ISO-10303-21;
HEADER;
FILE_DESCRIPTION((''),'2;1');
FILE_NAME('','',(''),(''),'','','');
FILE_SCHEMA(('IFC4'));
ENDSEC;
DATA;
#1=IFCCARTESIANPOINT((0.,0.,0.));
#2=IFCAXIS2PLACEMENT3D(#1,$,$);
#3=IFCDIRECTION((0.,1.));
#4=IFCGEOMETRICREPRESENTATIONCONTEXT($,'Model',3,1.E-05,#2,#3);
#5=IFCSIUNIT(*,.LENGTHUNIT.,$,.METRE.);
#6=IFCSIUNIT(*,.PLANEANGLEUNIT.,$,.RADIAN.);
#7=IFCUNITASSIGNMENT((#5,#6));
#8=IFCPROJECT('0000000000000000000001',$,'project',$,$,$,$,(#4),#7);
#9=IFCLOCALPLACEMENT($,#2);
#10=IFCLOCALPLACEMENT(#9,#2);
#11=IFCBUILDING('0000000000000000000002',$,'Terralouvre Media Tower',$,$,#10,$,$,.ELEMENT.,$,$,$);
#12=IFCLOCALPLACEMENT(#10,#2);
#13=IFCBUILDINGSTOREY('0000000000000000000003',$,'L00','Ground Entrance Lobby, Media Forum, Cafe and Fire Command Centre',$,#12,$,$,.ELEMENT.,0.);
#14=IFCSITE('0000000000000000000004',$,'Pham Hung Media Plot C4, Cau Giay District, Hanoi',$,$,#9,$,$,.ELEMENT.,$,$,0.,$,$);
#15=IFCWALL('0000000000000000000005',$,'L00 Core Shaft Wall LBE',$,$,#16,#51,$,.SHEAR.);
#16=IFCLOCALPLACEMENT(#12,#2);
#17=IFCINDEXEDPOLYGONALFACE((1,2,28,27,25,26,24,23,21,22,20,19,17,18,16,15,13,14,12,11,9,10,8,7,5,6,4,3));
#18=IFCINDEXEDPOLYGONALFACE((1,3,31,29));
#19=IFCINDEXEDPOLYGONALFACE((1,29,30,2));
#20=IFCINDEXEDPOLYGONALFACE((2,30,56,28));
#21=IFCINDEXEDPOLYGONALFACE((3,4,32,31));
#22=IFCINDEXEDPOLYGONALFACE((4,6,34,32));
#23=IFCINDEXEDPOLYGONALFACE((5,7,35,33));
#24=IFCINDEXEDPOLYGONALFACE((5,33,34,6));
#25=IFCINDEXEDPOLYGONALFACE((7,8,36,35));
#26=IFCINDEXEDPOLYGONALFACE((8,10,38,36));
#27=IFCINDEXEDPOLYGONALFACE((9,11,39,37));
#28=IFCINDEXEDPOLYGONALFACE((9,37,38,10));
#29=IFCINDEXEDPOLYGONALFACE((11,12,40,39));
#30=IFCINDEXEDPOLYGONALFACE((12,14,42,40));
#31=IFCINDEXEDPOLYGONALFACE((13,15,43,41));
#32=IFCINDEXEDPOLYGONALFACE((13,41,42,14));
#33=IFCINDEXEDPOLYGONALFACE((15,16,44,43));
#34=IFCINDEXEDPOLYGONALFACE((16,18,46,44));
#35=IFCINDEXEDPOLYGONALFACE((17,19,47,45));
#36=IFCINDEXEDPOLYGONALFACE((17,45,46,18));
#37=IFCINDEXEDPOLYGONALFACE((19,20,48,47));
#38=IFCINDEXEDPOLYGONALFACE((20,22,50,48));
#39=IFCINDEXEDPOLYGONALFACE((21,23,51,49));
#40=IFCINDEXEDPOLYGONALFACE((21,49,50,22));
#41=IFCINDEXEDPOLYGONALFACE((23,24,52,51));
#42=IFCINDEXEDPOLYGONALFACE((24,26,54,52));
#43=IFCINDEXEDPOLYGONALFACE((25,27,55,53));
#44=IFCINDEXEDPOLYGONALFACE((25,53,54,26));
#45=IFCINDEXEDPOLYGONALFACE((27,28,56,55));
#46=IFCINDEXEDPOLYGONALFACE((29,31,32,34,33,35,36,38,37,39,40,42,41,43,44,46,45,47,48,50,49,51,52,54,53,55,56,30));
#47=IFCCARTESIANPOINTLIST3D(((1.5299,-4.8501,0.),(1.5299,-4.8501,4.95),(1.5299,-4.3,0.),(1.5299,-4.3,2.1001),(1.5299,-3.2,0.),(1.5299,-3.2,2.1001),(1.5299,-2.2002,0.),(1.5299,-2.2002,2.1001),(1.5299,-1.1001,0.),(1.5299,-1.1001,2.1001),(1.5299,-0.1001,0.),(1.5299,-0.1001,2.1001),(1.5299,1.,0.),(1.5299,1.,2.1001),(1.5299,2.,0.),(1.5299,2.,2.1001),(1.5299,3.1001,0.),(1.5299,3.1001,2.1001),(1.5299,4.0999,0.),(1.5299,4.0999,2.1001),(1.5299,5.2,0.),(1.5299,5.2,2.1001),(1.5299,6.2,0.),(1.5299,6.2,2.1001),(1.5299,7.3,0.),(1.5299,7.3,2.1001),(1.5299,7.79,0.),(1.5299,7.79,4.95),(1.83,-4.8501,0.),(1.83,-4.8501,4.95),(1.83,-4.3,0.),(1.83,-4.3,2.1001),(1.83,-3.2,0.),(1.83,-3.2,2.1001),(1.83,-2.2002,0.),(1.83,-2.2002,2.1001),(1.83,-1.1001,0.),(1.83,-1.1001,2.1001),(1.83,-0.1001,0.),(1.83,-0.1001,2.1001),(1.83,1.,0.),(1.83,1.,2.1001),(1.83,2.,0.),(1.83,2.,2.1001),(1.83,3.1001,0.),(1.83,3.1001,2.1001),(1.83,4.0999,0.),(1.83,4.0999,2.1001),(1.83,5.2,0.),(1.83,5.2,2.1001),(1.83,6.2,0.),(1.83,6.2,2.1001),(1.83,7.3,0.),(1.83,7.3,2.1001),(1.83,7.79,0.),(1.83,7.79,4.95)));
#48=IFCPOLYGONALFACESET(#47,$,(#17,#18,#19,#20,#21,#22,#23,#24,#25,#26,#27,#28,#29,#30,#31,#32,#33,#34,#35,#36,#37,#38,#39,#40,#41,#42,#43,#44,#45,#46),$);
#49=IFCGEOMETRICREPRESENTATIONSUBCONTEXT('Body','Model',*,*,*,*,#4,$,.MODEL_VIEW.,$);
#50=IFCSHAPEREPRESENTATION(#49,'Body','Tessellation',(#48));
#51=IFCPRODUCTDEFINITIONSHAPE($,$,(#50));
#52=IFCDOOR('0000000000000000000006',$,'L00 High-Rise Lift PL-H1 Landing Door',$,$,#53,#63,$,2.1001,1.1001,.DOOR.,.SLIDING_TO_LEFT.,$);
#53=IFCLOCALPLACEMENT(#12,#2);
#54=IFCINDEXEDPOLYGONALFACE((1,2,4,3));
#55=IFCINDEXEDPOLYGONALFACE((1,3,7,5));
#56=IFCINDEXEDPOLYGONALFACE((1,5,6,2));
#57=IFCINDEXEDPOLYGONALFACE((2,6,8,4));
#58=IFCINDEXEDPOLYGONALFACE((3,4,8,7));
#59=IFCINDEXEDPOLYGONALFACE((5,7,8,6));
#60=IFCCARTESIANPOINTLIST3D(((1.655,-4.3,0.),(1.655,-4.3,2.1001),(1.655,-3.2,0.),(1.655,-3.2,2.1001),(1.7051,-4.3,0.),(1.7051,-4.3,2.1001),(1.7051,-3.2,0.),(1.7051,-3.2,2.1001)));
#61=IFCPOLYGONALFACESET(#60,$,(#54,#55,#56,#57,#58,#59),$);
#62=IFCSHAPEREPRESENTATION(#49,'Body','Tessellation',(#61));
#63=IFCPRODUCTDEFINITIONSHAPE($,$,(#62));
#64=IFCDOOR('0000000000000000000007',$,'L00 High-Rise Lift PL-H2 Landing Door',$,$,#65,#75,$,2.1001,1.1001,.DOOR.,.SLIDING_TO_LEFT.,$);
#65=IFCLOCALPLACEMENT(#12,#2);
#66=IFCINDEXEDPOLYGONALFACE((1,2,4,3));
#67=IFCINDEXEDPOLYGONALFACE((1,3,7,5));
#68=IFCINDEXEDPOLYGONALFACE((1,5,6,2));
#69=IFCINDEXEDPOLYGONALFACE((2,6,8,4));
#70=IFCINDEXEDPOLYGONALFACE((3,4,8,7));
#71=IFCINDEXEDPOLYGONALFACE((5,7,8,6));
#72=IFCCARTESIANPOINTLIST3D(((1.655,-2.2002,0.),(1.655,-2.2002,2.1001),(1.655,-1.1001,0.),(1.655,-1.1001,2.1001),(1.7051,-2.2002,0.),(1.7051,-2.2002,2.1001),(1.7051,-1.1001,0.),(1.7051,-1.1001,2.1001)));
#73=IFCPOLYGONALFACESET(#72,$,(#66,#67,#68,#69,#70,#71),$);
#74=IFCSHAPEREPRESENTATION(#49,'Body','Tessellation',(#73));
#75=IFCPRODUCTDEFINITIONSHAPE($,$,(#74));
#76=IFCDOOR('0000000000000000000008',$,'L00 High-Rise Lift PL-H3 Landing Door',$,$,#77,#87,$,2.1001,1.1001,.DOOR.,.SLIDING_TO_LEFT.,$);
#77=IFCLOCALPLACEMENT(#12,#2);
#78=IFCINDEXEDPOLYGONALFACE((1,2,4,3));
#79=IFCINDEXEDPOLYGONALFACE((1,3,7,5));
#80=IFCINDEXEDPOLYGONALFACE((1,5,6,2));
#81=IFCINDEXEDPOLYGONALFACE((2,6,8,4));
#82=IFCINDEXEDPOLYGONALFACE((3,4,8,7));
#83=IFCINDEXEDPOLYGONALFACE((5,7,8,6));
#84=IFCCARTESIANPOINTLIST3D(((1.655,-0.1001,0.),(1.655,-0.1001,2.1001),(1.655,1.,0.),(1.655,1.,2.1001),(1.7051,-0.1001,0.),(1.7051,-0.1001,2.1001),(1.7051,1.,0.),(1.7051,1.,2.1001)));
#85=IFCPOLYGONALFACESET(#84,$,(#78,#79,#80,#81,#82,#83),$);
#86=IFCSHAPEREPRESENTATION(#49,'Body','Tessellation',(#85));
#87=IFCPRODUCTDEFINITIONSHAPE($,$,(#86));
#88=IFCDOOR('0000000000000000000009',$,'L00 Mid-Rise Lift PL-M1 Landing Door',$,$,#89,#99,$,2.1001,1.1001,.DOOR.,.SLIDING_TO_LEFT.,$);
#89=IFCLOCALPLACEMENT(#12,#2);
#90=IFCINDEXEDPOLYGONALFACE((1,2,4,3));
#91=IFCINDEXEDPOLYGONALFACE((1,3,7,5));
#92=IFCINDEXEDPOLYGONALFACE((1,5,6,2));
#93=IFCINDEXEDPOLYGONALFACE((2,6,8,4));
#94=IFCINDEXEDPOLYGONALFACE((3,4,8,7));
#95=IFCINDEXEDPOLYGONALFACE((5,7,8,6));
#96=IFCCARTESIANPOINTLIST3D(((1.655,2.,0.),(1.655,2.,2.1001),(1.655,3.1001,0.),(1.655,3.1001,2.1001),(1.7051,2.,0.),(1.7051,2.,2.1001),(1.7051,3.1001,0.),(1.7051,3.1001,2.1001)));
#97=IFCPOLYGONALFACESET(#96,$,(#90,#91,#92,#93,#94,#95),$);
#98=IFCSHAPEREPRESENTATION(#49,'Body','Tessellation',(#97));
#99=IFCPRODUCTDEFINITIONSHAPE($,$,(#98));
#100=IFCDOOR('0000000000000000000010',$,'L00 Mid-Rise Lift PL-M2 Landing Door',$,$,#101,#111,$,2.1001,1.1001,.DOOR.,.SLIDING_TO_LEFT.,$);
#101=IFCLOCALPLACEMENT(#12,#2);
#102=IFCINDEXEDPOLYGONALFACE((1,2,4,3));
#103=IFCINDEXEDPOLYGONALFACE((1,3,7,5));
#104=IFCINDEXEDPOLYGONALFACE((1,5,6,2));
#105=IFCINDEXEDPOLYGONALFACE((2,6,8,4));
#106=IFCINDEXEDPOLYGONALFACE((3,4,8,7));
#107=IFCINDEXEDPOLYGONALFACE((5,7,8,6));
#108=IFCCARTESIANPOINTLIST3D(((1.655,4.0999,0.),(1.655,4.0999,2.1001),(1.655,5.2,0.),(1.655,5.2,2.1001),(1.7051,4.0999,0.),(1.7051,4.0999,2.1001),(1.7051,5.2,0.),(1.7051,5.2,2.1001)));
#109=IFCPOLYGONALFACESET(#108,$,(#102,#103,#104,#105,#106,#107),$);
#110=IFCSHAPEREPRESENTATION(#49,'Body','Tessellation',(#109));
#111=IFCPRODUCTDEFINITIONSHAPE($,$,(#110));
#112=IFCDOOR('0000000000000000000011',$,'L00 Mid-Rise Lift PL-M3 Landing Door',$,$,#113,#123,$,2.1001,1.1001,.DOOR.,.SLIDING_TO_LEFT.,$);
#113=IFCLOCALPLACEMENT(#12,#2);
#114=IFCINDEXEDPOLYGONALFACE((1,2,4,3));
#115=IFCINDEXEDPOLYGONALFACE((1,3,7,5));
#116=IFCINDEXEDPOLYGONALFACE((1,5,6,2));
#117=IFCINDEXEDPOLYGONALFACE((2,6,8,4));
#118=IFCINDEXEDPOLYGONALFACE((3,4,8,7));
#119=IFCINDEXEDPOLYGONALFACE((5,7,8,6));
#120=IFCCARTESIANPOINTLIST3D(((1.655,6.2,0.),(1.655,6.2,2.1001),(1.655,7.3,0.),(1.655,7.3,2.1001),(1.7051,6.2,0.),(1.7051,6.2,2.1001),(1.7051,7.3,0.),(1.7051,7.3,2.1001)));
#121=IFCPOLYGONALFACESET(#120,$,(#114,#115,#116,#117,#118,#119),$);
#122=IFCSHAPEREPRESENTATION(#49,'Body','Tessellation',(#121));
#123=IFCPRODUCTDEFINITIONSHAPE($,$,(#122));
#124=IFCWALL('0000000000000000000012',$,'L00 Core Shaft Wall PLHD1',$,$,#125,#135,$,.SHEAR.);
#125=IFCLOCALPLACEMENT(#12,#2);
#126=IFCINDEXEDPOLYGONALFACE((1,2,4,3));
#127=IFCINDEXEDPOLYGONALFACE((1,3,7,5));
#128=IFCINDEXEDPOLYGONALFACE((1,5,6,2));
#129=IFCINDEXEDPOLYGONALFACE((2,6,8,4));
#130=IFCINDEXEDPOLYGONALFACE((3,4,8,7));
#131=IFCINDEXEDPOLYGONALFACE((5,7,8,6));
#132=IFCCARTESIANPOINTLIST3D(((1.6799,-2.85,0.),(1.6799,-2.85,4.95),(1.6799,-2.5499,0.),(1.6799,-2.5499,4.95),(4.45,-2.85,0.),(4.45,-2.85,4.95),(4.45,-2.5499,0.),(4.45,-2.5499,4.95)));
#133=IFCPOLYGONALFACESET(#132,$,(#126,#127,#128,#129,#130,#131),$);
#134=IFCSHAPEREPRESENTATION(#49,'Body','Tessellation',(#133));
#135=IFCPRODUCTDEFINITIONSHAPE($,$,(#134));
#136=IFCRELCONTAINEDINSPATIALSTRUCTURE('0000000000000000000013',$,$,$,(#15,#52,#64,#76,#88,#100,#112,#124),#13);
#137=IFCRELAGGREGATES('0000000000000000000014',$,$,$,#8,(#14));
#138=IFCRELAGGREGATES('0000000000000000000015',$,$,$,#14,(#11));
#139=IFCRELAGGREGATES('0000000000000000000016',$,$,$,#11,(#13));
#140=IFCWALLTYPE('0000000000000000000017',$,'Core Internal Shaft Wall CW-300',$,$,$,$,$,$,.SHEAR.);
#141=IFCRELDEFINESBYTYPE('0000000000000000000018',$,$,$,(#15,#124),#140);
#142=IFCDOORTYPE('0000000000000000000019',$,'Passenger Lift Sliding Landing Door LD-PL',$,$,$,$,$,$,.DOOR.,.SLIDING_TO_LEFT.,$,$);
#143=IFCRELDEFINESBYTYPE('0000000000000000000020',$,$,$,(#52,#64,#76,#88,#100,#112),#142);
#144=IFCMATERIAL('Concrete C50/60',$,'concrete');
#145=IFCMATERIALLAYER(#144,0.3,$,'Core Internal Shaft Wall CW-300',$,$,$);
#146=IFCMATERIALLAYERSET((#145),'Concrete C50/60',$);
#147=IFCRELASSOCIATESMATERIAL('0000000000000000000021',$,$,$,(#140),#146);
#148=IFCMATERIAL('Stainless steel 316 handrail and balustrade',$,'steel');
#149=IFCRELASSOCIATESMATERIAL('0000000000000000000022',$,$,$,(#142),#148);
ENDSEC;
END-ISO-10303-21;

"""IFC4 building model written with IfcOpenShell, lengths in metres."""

from ifc_helpers import new_model, si_unit, direction, frame, frame_2d, origin, place, context, subcontext, project, spatial, rectangle, extrude, material, layer, layer_set, type_object, element, fill, save


model = new_model("IFC4")

# Units and contexts
model_context = context("Model", 3, precision=1e-05, world=origin(), true_north=direction((0.0, 1.0)))
body_context = subcontext(model_context, "Body", "Model", "MODEL_VIEW")
ifc_project = project(units=[si_unit("LENGTHUNIT", "METRE"), si_unit("PLANEANGLEUNIT", "RADIAN")], contexts=[model_context])

# Site, building, storey
site_placement = place(None, origin())
site = spatial("IfcSite", under=ifc_project, at=site_placement, Name="Pham Hung Media Plot C4, Cau Giay District, Hanoi", CompositionType="ELEMENT", RefElevation=0.0)
building_placement = place(site_placement, origin())
building = spatial("IfcBuilding", under=site, at=building_placement, Name="Terralouvre Media Tower", CompositionType="ELEMENT")
storey_placement = place(building_placement, origin())
storey = spatial("IfcBuildingStorey", under=building, at=storey_placement, Name="L00", Description="Ground Entrance Lobby, Media Forum, Cafe and Fire Command Centre", CompositionType="ELEMENT", Elevation=0.0)

# Shared definitions
ifc_material_1 = material(Name="Concrete C50/60", Category="concrete")
ifc_layer_1 = layer(ifc_material_1, 0.3, Name="Core Internal Shaft Wall CW-300")
ifc_layer_set_1 = layer_set([ifc_layer_1], Name="Concrete C50/60")
wall_type_1 = type_object("IfcWallType", Name="Core Internal Shaft Wall CW-300", PredefinedType="SHEAR", material=ifc_layer_set_1)

# Wall, openings, doors
wall_1_placement = place(storey_placement, frame((1.6799, -4.8501, 0.0), z_axis=(0.0, 0.0, 1.0), x_axis=(0.0, 1.0, 0.0)))
wall_1 = element("IfcWall", 1, at=wall_1_placement, inside=storey, type_object=wall_type_1, Name="L00 Core Shaft Wall LBE", PredefinedType="SHEAR", context=body_context, shape_type="SweptSolid", body=[
    extrude(rectangle(XDim=12.6401, YDim=0.3, at=frame_2d((6.3201, 0.0))), origin(), (0.0, 0.0, 1.0), 4.95),
])
opening_1_placement = place(wall_1_placement, frame((0.55, 0.0, 0.0)))
opening_1 = element("IfcOpeningElement", 2, at=opening_1_placement, cuts=wall_1, PredefinedType="OPENING", context=body_context, shape_type="SweptSolid", body=[
    extrude(rectangle(XDim=1.1001, YDim=2.1001, at=frame_2d((0.55, 1.05))), frame((0.0, 0.1599, 0.0), z_axis=(0.0, -1.0, 0.0), x_axis=(1.0, 0.0, 0.0)), (0.0, 0.0, 1.0), 0.3201),
])
opening_2_placement = place(wall_1_placement, frame((2.6499, 0.0, 0.0)))
opening_2 = element("IfcOpeningElement", 3, at=opening_2_placement, cuts=wall_1, PredefinedType="OPENING", context=body_context, shape_type="SweptSolid", body=[
    extrude(rectangle(XDim=1.1001, YDim=2.1001, at=frame_2d((0.55, 1.05))), frame((0.0, 0.1599, 0.0), z_axis=(0.0, -1.0, 0.0), x_axis=(1.0, 0.0, 0.0)), (0.0, 0.0, 1.0), 0.3201),
])
opening_3_placement = place(wall_1_placement, frame((4.75, 0.0, 0.0)))
opening_3 = element("IfcOpeningElement", 4, at=opening_3_placement, cuts=wall_1, PredefinedType="OPENING", context=body_context, shape_type="SweptSolid", body=[
    extrude(rectangle(XDim=1.1001, YDim=2.1001, at=frame_2d((0.55, 1.05))), frame((0.0, 0.1599, 0.0), z_axis=(0.0, -1.0, 0.0), x_axis=(1.0, 0.0, 0.0)), (0.0, 0.0, 1.0), 0.3201),
])
opening_4_placement = place(wall_1_placement, frame((6.8501, 0.0, 0.0)))
opening_4 = element("IfcOpeningElement", 5, at=opening_4_placement, cuts=wall_1, PredefinedType="OPENING", context=body_context, shape_type="SweptSolid", body=[
    extrude(rectangle(XDim=1.1001, YDim=2.1001, at=frame_2d((0.55, 1.05))), frame((0.0, 0.1599, 0.0), z_axis=(0.0, -1.0, 0.0), x_axis=(1.0, 0.0, 0.0)), (0.0, 0.0, 1.0), 0.3201),
])
opening_5_placement = place(wall_1_placement, frame((8.95, 0.0, 0.0)))
opening_5 = element("IfcOpeningElement", 6, at=opening_5_placement, cuts=wall_1, PredefinedType="OPENING", context=body_context, shape_type="SweptSolid", body=[
    extrude(rectangle(XDim=1.1001, YDim=2.1001, at=frame_2d((0.55, 1.05))), frame((0.0, 0.1599, 0.0), z_axis=(0.0, -1.0, 0.0), x_axis=(1.0, 0.0, 0.0)), (0.0, 0.0, 1.0), 0.3201),
])
opening_6_placement = place(wall_1_placement, frame((11.05, 0.0, 0.0)))
opening_6 = element("IfcOpeningElement", 7, at=opening_6_placement, cuts=wall_1, PredefinedType="OPENING", context=body_context, shape_type="SweptSolid", body=[
    extrude(rectangle(XDim=1.1001, YDim=2.1001, at=frame_2d((0.55, 1.05))), frame((0.0, 0.1599, 0.0), z_axis=(0.0, -1.0, 0.0), x_axis=(1.0, 0.0, 0.0)), (0.0, 0.0, 1.0), 0.3201),
])
ifc_material_2 = material(Name="Stainless steel 316 handrail and balustrade", Category="steel")
door_type_1 = type_object("IfcDoorType", Name="Passenger Lift Sliding Landing Door LD-PL", OperationType="SLIDING_TO_LEFT", PredefinedType="DOOR", material=ifc_material_2)
door_1_placement = place(opening_1_placement, origin())
door_1 = element("IfcDoor", 8, at=door_1_placement, inside=storey, type_object=door_type_1, Name="L00 High-Rise Lift PL-H1 Landing Door", OperationType="SLIDING_TO_LEFT", OverallHeight=2.1001, OverallWidth=1.1001, PredefinedType="DOOR", context=body_context, shape_type="SweptSolid", body=[
    extrude(rectangle(XDim=1.1001, YDim=2.1001, at=frame_2d((0.55, 1.05))), frame((0.0, 0.0249, 0.0), z_axis=(0.0, -1.0, 0.0), x_axis=(1.0, 0.0, 0.0)), (0.0, 0.0, 1.0), 0.05),
])
fill(opening_1, door_1)
door_2_placement = place(opening_2_placement, origin())
door_2 = element("IfcDoor", 9, at=door_2_placement, inside=storey, type_object=door_type_1, Name="L00 High-Rise Lift PL-H2 Landing Door", OperationType="SLIDING_TO_LEFT", OverallHeight=2.1001, OverallWidth=1.1001, PredefinedType="DOOR", context=body_context, shape_type="SweptSolid", body=[
    extrude(rectangle(XDim=1.1001, YDim=2.1001, at=frame_2d((0.55, 1.05))), frame((0.0, 0.0249, 0.0), z_axis=(0.0, -1.0, 0.0), x_axis=(1.0, 0.0, 0.0)), (0.0, 0.0, 1.0), 0.05),
])
fill(opening_2, door_2)
door_3_placement = place(opening_3_placement, origin())
door_3 = element("IfcDoor", 10, at=door_3_placement, inside=storey, type_object=door_type_1, Name="L00 High-Rise Lift PL-H3 Landing Door", OperationType="SLIDING_TO_LEFT", OverallHeight=2.1001, OverallWidth=1.1001, PredefinedType="DOOR", context=body_context, shape_type="SweptSolid", body=[
    extrude(rectangle(XDim=1.1001, YDim=2.1001, at=frame_2d((0.55, 1.05))), frame((0.0, 0.0249, 0.0), z_axis=(0.0, -1.0, 0.0), x_axis=(1.0, 0.0, 0.0)), (0.0, 0.0, 1.0), 0.05),
])
fill(opening_3, door_3)
door_4_placement = place(opening_4_placement, origin())
door_4 = element("IfcDoor", 11, at=door_4_placement, inside=storey, type_object=door_type_1, Name="L00 Mid-Rise Lift PL-M1 Landing Door", OperationType="SLIDING_TO_LEFT", OverallHeight=2.1001, OverallWidth=1.1001, PredefinedType="DOOR", context=body_context, shape_type="SweptSolid", body=[
    extrude(rectangle(XDim=1.1001, YDim=2.1001, at=frame_2d((0.55, 1.05))), frame((0.0, 0.0249, 0.0), z_axis=(0.0, -1.0, 0.0), x_axis=(1.0, 0.0, 0.0)), (0.0, 0.0, 1.0), 0.05),
])
fill(opening_4, door_4)
door_5_placement = place(opening_5_placement, origin())
door_5 = element("IfcDoor", 12, at=door_5_placement, inside=storey, type_object=door_type_1, Name="L00 Mid-Rise Lift PL-M2 Landing Door", OperationType="SLIDING_TO_LEFT", OverallHeight=2.1001, OverallWidth=1.1001, PredefinedType="DOOR", context=body_context, shape_type="SweptSolid", body=[
    extrude(rectangle(XDim=1.1001, YDim=2.1001, at=frame_2d((0.55, 1.05))), frame((0.0, 0.0249, 0.0), z_axis=(0.0, -1.0, 0.0), x_axis=(1.0, 0.0, 0.0)), (0.0, 0.0, 1.0), 0.05),
])
fill(opening_5, door_5)
door_6_placement = place(opening_6_placement, origin())
door_6 = element("IfcDoor", 13, at=door_6_placement, inside=storey, type_object=door_type_1, Name="L00 Mid-Rise Lift PL-M3 Landing Door", OperationType="SLIDING_TO_LEFT", OverallHeight=2.1001, OverallWidth=1.1001, PredefinedType="DOOR", context=body_context, shape_type="SweptSolid", body=[
    extrude(rectangle(XDim=1.1001, YDim=2.1001, at=frame_2d((0.55, 1.05))), frame((0.0, 0.0249, 0.0), z_axis=(0.0, -1.0, 0.0), x_axis=(1.0, 0.0, 0.0)), (0.0, 0.0, 1.0), 0.05),
])
fill(opening_6, door_6)

# Wall
wall_2_placement = place(storey_placement, frame((1.6799, -2.7, 0.0), z_axis=(0.0, 0.0, 1.0), x_axis=(1.0, 0.0, 0.0)))
element("IfcWall", 14, at=wall_2_placement, inside=storey, type_object=wall_type_1, Name="L00 Core Shaft Wall PLHD1", PredefinedType="SHEAR", context=body_context, shape_type="SweptSolid", body=[
    extrude(rectangle(XDim=2.77, YDim=0.3, at=frame_2d((1.385, 0.0))), origin(), (0.0, 0.0, 1.0), 4.95),
])

save(model, "model.ifc")
